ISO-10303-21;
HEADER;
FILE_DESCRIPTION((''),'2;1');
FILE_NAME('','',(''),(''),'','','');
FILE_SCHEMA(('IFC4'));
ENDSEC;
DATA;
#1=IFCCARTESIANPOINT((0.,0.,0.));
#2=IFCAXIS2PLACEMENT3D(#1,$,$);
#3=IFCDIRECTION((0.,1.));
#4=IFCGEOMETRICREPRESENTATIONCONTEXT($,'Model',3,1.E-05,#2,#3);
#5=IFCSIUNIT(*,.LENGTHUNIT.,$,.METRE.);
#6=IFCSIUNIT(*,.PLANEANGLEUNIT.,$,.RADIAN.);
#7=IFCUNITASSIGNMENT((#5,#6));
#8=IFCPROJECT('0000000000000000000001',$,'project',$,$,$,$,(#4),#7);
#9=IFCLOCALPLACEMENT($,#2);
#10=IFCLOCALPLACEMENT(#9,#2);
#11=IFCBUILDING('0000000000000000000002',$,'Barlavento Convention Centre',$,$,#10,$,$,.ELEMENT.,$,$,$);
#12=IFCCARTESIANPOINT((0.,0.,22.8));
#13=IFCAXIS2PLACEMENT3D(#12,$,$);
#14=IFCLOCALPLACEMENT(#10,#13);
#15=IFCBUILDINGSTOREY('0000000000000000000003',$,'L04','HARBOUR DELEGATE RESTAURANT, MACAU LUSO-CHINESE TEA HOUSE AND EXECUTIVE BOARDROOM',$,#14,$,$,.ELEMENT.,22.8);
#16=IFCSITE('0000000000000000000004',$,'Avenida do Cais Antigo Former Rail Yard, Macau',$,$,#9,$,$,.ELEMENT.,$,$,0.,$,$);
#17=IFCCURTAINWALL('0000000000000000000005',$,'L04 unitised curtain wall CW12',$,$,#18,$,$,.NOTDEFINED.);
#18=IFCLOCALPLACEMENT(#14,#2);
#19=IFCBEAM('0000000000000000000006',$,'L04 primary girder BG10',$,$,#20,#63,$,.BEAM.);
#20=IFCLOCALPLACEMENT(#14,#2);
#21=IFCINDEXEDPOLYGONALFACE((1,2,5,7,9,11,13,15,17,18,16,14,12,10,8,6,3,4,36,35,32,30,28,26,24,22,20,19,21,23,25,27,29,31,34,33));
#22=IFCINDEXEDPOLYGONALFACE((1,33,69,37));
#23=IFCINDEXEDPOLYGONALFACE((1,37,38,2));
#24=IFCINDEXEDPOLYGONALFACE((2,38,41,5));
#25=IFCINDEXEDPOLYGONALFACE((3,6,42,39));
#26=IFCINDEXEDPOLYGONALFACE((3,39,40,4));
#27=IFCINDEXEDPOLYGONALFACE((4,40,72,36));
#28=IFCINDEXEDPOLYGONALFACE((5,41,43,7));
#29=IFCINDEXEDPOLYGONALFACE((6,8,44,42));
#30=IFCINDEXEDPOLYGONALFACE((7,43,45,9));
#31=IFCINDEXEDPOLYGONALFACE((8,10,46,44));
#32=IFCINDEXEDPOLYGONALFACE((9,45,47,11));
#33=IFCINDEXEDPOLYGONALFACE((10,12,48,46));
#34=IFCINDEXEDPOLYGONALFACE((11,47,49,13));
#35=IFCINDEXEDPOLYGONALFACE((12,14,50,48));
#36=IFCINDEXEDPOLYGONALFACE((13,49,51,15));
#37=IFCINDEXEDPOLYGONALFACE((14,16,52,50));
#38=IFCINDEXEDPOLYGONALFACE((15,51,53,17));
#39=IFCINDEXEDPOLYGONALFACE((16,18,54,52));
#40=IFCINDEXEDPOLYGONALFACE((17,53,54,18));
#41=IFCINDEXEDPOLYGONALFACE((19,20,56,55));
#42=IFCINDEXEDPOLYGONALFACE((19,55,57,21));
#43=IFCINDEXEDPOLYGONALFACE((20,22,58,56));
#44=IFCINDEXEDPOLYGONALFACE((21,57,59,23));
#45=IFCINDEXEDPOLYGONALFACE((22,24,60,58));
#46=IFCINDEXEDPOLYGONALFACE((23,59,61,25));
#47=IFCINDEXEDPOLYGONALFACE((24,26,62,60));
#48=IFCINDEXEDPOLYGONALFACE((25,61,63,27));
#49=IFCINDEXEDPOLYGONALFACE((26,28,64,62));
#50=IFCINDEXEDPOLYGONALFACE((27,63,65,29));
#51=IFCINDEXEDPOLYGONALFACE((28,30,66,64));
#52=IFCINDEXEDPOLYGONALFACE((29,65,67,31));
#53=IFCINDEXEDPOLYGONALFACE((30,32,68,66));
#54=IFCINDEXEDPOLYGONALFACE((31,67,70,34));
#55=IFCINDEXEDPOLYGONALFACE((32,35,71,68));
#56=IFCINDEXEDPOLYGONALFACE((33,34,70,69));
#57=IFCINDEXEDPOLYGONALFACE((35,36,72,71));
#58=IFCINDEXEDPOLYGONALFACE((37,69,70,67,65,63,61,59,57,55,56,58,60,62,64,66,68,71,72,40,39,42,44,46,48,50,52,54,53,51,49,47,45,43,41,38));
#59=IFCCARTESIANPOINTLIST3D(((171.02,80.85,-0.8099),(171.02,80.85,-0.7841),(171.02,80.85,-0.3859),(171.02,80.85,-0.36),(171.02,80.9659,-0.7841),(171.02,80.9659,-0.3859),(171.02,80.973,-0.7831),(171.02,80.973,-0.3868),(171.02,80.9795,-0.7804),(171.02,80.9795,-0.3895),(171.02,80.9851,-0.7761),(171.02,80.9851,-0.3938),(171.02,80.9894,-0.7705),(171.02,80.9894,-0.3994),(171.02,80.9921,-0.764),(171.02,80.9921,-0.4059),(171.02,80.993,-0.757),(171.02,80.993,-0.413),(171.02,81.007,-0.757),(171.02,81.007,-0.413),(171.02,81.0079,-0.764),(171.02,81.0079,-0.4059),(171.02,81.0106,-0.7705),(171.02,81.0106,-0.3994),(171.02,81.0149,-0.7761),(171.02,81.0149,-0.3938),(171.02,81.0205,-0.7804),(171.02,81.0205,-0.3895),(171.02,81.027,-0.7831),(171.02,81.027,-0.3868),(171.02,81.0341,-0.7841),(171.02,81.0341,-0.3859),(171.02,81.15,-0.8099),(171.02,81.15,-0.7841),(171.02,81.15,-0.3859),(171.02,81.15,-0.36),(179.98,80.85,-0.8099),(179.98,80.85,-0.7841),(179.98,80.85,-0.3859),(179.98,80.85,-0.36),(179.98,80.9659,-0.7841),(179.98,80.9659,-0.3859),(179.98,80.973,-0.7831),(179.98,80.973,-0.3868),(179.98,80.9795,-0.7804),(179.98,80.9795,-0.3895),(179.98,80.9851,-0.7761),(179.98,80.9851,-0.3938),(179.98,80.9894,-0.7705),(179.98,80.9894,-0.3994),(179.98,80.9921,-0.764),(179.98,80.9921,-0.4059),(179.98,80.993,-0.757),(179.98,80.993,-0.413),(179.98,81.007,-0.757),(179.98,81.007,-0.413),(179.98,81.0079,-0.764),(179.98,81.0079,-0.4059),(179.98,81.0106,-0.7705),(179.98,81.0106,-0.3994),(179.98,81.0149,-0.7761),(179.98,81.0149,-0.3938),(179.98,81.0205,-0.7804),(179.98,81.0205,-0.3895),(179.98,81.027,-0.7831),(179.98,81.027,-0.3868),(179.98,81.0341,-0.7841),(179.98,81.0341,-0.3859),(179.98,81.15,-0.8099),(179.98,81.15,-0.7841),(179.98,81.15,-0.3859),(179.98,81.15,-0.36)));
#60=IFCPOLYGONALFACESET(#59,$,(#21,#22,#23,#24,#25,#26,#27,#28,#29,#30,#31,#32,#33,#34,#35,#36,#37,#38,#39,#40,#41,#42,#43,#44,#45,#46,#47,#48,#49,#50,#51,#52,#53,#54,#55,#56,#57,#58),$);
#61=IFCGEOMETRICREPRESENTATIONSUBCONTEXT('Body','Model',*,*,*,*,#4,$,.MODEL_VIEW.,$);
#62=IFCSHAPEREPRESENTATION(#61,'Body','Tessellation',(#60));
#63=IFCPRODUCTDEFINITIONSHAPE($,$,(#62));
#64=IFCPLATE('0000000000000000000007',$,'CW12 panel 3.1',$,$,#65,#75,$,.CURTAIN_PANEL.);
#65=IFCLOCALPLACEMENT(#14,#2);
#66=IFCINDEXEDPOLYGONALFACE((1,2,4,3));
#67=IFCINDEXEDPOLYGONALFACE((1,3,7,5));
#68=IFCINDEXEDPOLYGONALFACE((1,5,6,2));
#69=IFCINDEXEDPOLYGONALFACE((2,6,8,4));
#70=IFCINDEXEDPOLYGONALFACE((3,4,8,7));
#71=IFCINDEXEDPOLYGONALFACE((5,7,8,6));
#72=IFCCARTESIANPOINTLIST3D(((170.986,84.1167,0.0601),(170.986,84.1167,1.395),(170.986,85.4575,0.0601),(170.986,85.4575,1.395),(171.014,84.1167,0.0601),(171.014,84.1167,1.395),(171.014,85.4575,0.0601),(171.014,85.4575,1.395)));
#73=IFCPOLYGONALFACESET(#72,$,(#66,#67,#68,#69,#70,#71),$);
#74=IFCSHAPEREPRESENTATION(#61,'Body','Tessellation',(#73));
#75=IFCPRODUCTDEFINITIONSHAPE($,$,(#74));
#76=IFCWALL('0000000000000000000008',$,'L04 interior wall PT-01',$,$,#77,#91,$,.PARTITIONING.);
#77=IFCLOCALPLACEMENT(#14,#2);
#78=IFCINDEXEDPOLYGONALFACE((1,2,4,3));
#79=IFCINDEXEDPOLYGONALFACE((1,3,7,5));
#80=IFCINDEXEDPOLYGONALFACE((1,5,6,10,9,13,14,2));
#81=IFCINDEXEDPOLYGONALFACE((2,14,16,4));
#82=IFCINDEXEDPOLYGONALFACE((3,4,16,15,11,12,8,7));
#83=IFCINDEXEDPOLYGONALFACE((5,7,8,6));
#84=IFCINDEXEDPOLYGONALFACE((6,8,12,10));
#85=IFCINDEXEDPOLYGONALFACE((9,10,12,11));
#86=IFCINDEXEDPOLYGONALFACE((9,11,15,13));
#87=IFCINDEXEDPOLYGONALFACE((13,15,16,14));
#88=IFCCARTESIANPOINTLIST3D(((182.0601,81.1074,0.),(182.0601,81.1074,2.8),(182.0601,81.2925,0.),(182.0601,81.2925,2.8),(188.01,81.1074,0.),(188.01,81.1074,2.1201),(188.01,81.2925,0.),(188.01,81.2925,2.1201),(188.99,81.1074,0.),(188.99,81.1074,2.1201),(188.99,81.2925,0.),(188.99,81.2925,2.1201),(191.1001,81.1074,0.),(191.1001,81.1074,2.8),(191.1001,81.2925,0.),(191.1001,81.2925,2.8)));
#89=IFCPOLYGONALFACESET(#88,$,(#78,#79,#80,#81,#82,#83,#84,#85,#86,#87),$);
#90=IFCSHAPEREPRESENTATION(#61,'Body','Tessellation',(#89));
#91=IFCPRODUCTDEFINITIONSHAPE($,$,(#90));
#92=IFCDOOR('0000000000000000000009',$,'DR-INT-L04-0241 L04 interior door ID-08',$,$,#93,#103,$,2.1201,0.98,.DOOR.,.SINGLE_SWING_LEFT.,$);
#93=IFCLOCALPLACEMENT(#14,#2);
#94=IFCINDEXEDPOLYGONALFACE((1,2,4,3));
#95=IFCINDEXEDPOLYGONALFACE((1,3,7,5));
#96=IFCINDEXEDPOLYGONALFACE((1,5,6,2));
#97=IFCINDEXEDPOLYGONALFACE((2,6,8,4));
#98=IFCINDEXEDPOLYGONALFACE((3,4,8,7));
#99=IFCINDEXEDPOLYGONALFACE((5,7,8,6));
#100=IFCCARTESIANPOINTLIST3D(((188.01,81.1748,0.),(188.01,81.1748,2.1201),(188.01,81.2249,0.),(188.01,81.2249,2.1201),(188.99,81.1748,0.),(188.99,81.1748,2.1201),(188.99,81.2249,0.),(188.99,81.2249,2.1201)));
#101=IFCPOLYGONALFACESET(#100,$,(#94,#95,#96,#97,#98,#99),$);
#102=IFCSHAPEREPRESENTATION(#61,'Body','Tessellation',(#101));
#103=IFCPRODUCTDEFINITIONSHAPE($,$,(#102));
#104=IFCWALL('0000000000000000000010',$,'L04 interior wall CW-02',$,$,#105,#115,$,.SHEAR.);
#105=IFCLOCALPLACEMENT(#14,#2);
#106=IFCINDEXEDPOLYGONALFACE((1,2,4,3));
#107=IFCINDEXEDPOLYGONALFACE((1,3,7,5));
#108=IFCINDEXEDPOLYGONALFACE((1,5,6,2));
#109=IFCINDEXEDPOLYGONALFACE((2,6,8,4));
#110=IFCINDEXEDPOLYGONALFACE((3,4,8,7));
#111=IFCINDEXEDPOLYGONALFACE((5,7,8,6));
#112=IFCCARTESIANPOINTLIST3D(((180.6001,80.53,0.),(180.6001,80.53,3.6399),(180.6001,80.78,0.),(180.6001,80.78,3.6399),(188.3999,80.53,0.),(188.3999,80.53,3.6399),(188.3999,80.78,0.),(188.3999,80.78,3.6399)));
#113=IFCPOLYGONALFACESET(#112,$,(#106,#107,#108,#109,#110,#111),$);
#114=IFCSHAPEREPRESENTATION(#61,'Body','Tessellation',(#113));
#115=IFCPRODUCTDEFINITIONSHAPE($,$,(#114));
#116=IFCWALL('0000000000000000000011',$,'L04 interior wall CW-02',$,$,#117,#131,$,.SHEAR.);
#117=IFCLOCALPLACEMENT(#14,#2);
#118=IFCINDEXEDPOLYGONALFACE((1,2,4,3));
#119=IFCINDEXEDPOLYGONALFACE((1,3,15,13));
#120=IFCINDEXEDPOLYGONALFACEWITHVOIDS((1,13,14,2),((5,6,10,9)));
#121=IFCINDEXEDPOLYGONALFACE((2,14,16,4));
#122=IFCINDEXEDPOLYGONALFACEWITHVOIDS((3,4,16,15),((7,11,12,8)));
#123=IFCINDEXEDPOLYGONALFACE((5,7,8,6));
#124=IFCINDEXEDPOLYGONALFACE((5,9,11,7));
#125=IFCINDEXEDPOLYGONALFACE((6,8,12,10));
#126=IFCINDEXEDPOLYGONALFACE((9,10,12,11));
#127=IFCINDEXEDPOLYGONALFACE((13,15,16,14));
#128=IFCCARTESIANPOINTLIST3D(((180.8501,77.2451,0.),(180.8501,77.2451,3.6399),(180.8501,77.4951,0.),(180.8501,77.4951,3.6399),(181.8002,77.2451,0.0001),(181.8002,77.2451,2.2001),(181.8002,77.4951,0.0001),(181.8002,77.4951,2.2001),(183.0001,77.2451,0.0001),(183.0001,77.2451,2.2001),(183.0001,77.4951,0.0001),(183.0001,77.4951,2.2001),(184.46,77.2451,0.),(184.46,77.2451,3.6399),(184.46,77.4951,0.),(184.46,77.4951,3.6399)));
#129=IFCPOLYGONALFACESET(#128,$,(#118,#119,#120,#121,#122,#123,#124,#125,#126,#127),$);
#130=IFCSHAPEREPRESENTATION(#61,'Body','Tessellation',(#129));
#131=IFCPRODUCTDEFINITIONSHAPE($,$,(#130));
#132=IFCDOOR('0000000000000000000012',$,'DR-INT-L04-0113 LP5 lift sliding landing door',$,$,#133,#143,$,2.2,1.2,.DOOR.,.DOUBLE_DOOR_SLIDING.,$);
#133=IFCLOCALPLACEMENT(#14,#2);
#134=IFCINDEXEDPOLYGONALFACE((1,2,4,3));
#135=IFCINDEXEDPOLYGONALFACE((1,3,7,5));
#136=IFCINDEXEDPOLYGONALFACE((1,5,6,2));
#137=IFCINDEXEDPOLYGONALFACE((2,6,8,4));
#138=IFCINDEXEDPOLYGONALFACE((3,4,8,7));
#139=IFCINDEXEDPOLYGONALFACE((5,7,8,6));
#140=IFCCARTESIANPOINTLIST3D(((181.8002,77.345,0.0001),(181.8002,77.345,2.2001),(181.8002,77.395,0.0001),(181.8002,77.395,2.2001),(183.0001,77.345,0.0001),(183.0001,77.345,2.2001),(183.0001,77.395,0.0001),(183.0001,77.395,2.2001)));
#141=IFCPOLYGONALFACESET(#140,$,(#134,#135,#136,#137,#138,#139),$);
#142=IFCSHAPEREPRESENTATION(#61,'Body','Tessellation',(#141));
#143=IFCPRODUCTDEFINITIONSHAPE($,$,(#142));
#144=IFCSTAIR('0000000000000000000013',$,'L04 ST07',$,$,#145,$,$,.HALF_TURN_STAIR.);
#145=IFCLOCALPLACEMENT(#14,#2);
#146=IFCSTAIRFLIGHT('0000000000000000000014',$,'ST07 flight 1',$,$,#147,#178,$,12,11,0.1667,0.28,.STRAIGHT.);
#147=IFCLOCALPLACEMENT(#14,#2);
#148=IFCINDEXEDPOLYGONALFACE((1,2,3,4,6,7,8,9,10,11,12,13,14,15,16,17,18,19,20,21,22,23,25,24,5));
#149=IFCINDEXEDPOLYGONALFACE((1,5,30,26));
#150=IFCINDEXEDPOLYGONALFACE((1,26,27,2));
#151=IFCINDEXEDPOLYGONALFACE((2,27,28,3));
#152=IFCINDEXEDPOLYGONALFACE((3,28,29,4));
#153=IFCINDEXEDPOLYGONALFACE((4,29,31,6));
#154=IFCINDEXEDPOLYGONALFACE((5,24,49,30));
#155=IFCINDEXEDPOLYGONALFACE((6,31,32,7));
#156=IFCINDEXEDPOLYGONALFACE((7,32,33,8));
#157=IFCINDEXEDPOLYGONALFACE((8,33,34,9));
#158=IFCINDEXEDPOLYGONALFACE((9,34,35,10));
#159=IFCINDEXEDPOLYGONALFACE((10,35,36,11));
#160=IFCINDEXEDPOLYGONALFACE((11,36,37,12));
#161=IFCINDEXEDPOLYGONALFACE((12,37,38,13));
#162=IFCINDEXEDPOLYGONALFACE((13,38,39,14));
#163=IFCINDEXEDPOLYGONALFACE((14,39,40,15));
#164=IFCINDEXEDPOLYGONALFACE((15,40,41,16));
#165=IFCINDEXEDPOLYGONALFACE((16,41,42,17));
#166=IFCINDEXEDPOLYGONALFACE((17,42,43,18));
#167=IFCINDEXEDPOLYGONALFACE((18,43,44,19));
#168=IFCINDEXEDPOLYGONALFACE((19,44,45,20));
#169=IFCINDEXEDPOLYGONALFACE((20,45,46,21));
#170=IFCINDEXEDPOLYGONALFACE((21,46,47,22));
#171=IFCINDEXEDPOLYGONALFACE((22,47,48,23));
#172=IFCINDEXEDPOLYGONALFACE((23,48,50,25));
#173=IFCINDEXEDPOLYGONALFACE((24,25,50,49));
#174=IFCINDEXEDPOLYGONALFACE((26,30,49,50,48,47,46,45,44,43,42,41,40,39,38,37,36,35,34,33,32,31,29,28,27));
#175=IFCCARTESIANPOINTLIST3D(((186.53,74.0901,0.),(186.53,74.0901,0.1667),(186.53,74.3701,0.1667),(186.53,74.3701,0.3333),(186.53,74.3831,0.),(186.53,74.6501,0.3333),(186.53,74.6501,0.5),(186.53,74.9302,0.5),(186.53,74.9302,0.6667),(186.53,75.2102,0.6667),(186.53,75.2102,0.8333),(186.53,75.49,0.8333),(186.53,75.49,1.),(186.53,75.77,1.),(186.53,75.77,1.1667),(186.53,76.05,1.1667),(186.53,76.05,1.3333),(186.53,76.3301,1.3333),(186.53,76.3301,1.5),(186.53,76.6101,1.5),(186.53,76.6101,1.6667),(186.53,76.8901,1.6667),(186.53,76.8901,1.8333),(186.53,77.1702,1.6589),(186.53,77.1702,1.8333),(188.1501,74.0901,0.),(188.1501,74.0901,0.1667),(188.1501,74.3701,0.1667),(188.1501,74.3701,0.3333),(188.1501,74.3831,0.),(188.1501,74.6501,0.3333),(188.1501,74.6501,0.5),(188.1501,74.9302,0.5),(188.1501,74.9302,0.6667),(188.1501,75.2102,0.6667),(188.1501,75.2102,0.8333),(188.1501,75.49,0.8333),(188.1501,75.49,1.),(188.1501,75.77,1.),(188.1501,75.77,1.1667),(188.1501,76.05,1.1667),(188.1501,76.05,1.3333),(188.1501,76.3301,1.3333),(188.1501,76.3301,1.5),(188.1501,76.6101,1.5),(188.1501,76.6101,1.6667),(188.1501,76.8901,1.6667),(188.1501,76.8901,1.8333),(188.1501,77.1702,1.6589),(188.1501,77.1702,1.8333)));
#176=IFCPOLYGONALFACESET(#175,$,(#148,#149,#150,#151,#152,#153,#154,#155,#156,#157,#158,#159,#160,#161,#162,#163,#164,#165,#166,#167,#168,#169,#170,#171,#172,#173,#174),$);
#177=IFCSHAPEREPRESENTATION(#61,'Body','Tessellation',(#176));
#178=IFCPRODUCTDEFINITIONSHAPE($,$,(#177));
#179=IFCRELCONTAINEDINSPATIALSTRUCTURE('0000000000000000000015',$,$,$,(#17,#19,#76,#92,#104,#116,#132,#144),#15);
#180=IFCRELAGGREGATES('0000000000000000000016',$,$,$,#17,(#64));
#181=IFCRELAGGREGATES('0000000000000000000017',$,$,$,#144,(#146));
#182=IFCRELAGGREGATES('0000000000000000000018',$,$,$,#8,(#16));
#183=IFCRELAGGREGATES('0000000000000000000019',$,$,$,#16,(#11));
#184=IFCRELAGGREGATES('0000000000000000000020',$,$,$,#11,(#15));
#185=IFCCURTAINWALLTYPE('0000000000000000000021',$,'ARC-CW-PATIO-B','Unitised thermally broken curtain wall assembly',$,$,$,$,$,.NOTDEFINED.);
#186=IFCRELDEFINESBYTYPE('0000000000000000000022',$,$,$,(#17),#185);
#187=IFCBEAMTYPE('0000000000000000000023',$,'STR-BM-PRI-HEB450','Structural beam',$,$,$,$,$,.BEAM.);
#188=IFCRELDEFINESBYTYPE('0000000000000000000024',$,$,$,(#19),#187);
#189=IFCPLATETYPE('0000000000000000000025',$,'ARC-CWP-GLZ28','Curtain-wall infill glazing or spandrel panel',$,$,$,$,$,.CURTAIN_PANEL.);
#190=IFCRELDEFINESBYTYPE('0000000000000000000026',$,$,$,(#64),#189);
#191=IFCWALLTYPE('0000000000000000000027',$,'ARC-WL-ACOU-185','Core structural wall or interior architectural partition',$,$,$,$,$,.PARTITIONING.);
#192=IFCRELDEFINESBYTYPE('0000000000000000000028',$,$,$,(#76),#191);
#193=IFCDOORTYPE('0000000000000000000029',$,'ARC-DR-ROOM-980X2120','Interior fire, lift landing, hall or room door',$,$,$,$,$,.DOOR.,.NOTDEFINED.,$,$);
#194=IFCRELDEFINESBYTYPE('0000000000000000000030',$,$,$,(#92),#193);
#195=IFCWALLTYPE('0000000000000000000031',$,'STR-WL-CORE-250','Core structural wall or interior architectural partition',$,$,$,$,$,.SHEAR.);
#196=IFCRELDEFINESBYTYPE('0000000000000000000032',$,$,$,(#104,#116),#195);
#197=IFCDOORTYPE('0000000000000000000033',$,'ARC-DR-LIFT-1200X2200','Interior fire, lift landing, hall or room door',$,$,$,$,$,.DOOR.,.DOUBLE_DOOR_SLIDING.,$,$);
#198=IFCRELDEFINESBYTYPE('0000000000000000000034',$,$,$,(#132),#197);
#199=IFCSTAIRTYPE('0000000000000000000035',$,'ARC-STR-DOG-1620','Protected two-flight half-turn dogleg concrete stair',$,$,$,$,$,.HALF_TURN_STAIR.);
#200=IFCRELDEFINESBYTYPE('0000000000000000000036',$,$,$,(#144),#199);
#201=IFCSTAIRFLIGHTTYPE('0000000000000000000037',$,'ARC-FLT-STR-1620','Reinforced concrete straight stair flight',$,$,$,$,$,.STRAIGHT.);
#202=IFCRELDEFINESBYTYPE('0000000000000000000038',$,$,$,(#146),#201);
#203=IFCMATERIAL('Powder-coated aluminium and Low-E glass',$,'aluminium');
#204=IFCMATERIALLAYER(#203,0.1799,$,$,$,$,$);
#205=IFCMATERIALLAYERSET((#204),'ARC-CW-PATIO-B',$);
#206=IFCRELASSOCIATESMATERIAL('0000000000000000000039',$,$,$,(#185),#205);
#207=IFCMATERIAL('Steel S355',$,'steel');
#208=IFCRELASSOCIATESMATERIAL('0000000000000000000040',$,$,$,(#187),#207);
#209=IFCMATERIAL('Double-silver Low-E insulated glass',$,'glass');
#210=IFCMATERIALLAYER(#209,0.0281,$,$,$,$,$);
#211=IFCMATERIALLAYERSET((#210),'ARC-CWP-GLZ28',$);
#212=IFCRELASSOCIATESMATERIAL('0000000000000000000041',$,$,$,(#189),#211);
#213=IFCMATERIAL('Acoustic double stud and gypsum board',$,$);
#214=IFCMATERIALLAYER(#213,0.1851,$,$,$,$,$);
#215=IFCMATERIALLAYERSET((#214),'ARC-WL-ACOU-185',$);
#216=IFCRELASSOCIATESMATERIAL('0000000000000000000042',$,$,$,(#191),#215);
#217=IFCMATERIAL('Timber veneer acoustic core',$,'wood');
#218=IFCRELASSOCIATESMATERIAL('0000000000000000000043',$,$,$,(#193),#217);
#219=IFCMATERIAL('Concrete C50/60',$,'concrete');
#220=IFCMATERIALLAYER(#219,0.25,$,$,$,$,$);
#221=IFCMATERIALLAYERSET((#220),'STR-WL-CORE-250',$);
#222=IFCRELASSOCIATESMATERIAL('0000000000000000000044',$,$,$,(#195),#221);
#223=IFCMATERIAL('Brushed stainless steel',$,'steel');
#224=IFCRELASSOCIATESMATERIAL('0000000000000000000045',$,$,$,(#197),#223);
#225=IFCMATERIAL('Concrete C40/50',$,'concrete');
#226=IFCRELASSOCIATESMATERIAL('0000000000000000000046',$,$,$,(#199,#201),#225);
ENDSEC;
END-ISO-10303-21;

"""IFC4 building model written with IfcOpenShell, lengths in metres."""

from ifc_helpers import new_model, si_unit, direction, frame, frame_2d, origin, origin_2d, place, context, subcontext, project, spatial, polyline, rectangle, i_section, outline, extrude, material, layer, layer_set, material_profile, profile_set, type_object, element, fill, aggregate, save


model = new_model("IFC4")

# Units and contexts
model_context = context("Model", 3, precision=1e-05, world=origin(), true_north=direction((0.0, 1.0)))
body_context = subcontext(model_context, "Body", "Model", "MODEL_VIEW")
ifc_project = project(units=[si_unit("LENGTHUNIT", "METRE"), si_unit("PLANEANGLEUNIT", "RADIAN")], contexts=[model_context])

# Site, building, storey
site_placement = place(None, origin())
site = spatial("IfcSite", under=ifc_project, at=site_placement, Name="Avenida do Cais Antigo Former Rail Yard, Macau", CompositionType="ELEMENT", RefElevation=0.0)
building_placement = place(site_placement, origin())
building = spatial("IfcBuilding", under=site, at=building_placement, Name="Barlavento Convention Centre", CompositionType="ELEMENT")
storey_placement = place(building_placement, frame((0.0, 0.0, 22.8)))
storey = spatial("IfcBuildingStorey", under=building, at=storey_placement, Name="L04", Description="HARBOUR DELEGATE RESTAURANT, MACAU LUSO-CHINESE TEA HOUSE AND EXECUTIVE BOARDROOM", CompositionType="ELEMENT", Elevation=22.8)

# Shared definitions
ifc_material_1 = material(Name="Steel S355", Category="steel")

# Curtain wall
ifc_material_2 = material(Name="Powder-coated aluminium and Low-E glass", Category="aluminium")
ifc_layer_1 = layer(ifc_material_2, 0.1799)
ifc_layer_set_1 = layer_set([ifc_layer_1], Name="ARC-CW-PATIO-B")
curtain_wall_type = type_object("IfcCurtainWallType", Name="ARC-CW-PATIO-B", Description="Unitised thermally broken curtain wall assembly", PredefinedType="NOTDEFINED", material=ifc_layer_set_1)
curtain_wall_placement = place(storey_placement, origin())
curtain_wall = element("IfcCurtainWall", 1, at=curtain_wall_placement, inside=storey, type_object=curtain_wall_type, Name="L04 unitised curtain wall CW12", PredefinedType="NOTDEFINED")

# Beam
ifc_material_profile_1 = material_profile(ifc_material_1, i_section(OverallWidth=0.3, OverallDepth=0.45, WebThickness=0.0139, FlangeThickness=0.0259, FilletRadius=0.0271, at=origin_2d()), Name="HEB 450")
ifc_profile_set_1 = profile_set([ifc_material_profile_1], Name="Steel S355")
beam_type_1 = type_object("IfcBeamType", Name="STR-BM-PRI-HEB450", Description="Structural beam", PredefinedType="BEAM", material=ifc_profile_set_1)
beam_1_placement = place(storey_placement, frame((171.02, 81.0, -0.585), z_axis=(1.0, 0.0, 0.0), x_axis=(0.0, 1.0, 0.0)))
element("IfcBeam", 2, at=beam_1_placement, inside=storey, type_object=beam_type_1, Name="L04 primary girder BG10", PredefinedType="BEAM", context=body_context, shape_type="SweptSolid", body=[
    extrude(i_section(OverallWidth=0.3, OverallDepth=0.45, WebThickness=0.0139, FlangeThickness=0.0259, FilletRadius=0.0271, at=origin_2d()), origin(), (0.0, 0.0, 1.0), 8.96),
])

# Plate
ifc_material_3 = material(Name="Double-silver Low-E insulated glass", Category="glass")
ifc_layer_2 = layer(ifc_material_3, 0.0281)
ifc_layer_set_2 = layer_set([ifc_layer_2], Name="ARC-CWP-GLZ28")
plate_type = type_object("IfcPlateType", Name="ARC-CWP-GLZ28", Description="Curtain-wall infill glazing or spandrel panel", PredefinedType="CURTAIN_PANEL", material=ifc_layer_set_2)
plate_placement = place(storey_placement, frame((171.0, 84.7871, 0.0601), z_axis=(0.0, 0.0, 1.0), x_axis=(0.0, 1.0, 0.0)))
plate = element("IfcPlate", 3, at=plate_placement, type_object=plate_type, Name="CW12 panel 3.1", PredefinedType="CURTAIN_PANEL", context=body_context, shape_type="SweptSolid", body=[
    extrude(rectangle(XDim=1.3408, YDim=0.0281, at=origin_2d()), origin(), (0.0, 0.0, 1.0), 1.335),
])
aggregate(curtain_wall, [plate])

# Wall, opening, door
ifc_material_4 = material(Name="Acoustic double stud and gypsum board")
ifc_layer_3 = layer(ifc_material_4, 0.1851)
ifc_layer_set_3 = layer_set([ifc_layer_3], Name="ARC-WL-ACOU-185")
wall_type_1 = type_object("IfcWallType", Name="ARC-WL-ACOU-185", Description="Core structural wall or interior architectural partition", PredefinedType="PARTITIONING", material=ifc_layer_set_3)
wall_1_placement = place(storey_placement, frame((182.0601, 81.2, 0.0), z_axis=(0.0, 0.0, 1.0), x_axis=(1.0, 0.0, 0.0)))
wall_1 = element("IfcWall", 4, at=wall_1_placement, inside=storey, type_object=wall_type_1, Name="L04 interior wall PT-01", PredefinedType="PARTITIONING", context=body_context, shape_type="SweptSolid", body=[
    extrude(rectangle(XDim=9.04, YDim=0.1851, at=frame_2d((4.52, 0.0))), origin(), (0.0, 0.0, 1.0), 2.8),
])
opening_1_placement = place(wall_1_placement, frame((5.95, 0.0, 0.0)))
opening_1 = element("IfcOpeningElement", 5, at=opening_1_placement, cuts=wall_1, PredefinedType="OPENING", context=body_context, shape_type="SweptSolid", body=[
    extrude(rectangle(XDim=0.98, YDim=2.1201, at=frame_2d((0.49, 1.0601))), frame((0.0, 0.1025, 0.0), z_axis=(0.0, -1.0, 0.0), x_axis=(1.0, 0.0, 0.0)), (0.0, 0.0, 1.0), 0.2051),
])
ifc_material_5 = material(Name="Timber veneer acoustic core", Category="wood")
door_type_1 = type_object("IfcDoorType", Name="ARC-DR-ROOM-980X2120", Description="Interior fire, lift landing, hall or room door", OperationType="NOTDEFINED", PredefinedType="DOOR", material=ifc_material_5)
door_1_placement = place(opening_1_placement, origin())
door_1 = element("IfcDoor", 6, at=door_1_placement, inside=storey, type_object=door_type_1, Name="DR-INT-L04-0241 L04 interior door ID-08", OperationType="SINGLE_SWING_LEFT", OverallHeight=2.1201, OverallWidth=0.98, PredefinedType="DOOR", context=body_context, shape_type="SweptSolid", body=[
    extrude(rectangle(XDim=0.98, YDim=2.1201, at=frame_2d((0.49, 1.0601))), frame((0.0, 0.0249, 0.0), z_axis=(0.0, -1.0, 0.0), x_axis=(1.0, 0.0, 0.0)), (0.0, 0.0, 1.0), 0.05),
])
fill(opening_1, door_1)

# Wall
ifc_material_6 = material(Name="Concrete C50/60", Category="concrete")
ifc_layer_4 = layer(ifc_material_6, 0.25)
ifc_layer_set_4 = layer_set([ifc_layer_4], Name="STR-WL-CORE-250")
wall_type_2 = type_object("IfcWallType", Name="STR-WL-CORE-250", Description="Core structural wall or interior architectural partition", PredefinedType="SHEAR", material=ifc_layer_set_4)
wall_2_placement = place(storey_placement, frame((180.6001, 80.655, 0.0), z_axis=(0.0, 0.0, 1.0), x_axis=(1.0, 0.0, 0.0)))
element("IfcWall", 7, at=wall_2_placement, inside=storey, type_object=wall_type_2, Name="L04 interior wall CW-02", PredefinedType="SHEAR", context=body_context, shape_type="SweptSolid", body=[
    extrude(rectangle(XDim=7.7998, YDim=0.25, at=frame_2d((3.8999, 0.0))), origin(), (0.0, 0.0, 1.0), 3.6399),
])

# Wall, opening, door
wall_3_placement = place(storey_placement, frame((180.8501, 77.3701, 0.0), z_axis=(0.0, 0.0, 1.0), x_axis=(1.0, 0.0, 0.0)))
wall_3 = element("IfcWall", 8, at=wall_3_placement, inside=storey, type_object=wall_type_2, Name="L04 interior wall CW-02", PredefinedType="SHEAR", context=body_context, shape_type="SweptSolid", body=[
    extrude(rectangle(XDim=3.6099, YDim=0.25, at=frame_2d((1.8049, 0.0))), origin(), (0.0, 0.0, 1.0), 3.6399),
])
opening_2_placement = place(wall_3_placement, frame((0.95, 0.0, 0.0)))
opening_2 = element("IfcOpeningElement", 9, at=opening_2_placement, cuts=wall_3, PredefinedType="OPENING", context=body_context, shape_type="SweptSolid", body=[
    extrude(rectangle(XDim=1.2, YDim=2.2, at=frame_2d((0.6001, 1.1001))), frame((0.0, 0.135, 0.0), z_axis=(0.0, -1.0, 0.0), x_axis=(1.0, 0.0, 0.0)), (0.0, 0.0, 1.0), 0.27),
])
ifc_material_7 = material(Name="Brushed stainless steel", Category="steel")
door_type_2 = type_object("IfcDoorType", Name="ARC-DR-LIFT-1200X2200", Description="Interior fire, lift landing, hall or room door", OperationType="DOUBLE_DOOR_SLIDING", PredefinedType="DOOR", material=ifc_material_7)
door_2_placement = place(opening_2_placement, origin())
door_2 = element("IfcDoor", 10, at=door_2_placement, inside=storey, type_object=door_type_2, Name="DR-INT-L04-0113 LP5 lift sliding landing door", OperationType="DOUBLE_DOOR_SLIDING", OverallHeight=2.2, OverallWidth=1.2, PredefinedType="DOOR", context=body_context, shape_type="SweptSolid", body=[
    extrude(rectangle(XDim=1.2, YDim=2.2, at=frame_2d((0.6001, 1.1001))), frame((0.0, 0.0249, 0.0), z_axis=(0.0, -1.0, 0.0), x_axis=(1.0, 0.0, 0.0)), (0.0, 0.0, 1.0), 0.05),
])
fill(opening_2, door_2)

# Stair, stair flight
ifc_material_8 = material(Name="Concrete C40/50", Category="concrete")
stair_type = type_object("IfcStairType", Name="ARC-STR-DOG-1620", Description="Protected two-flight half-turn dogleg concrete stair", PredefinedType="HALF_TURN_STAIR", material=ifc_material_8)
stair_placement = place(storey_placement, origin())
stair = element("IfcStair", 11, at=stair_placement, inside=storey, type_object=stair_type, Name="L04 ST07", PredefinedType="HALF_TURN_STAIR")
stair_flight_type = type_object("IfcStairFlightType", Name="ARC-FLT-STR-1620", Description="Reinforced concrete straight stair flight", PredefinedType="STRAIGHT", material=ifc_material_8)
stair_flight_1_placement = place(storey_placement, frame((187.3401, 74.0901, 0.0), z_axis=(0.0, 0.0, 1.0), x_axis=(0.0, 1.0, 0.0)))
stair_flight_1 = element("IfcStairFlight", 12, at=stair_flight_1_placement, type_object=stair_flight_type, Name="ST07 flight 1", NumberOfRisers=12, NumberOfTreads=11, PredefinedType="STRAIGHT", RiserHeight=0.1667, TreadLength=0.28, context=body_context, shape_type="SweptSolid", body=[
    extrude(outline(polyline([(0.0, 0.0), (0.0, 0.1667), (0.28, 0.1667), (0.28, 0.3333), (0.5601, 0.3333), (0.5601, 0.5), (0.8401, 0.5), (0.8401, 0.6667), (1.1201, 0.6667), (1.1201, 0.8333), (1.3999, 0.8333), (1.3999, 1.0), (1.6799, 1.0), (1.6799, 1.1667), (1.96, 1.1667), (1.96, 1.3333), (2.24, 1.3333), (2.24, 1.5), (2.52, 1.5), (2.52, 1.6667), (2.8, 1.6667), (2.8, 1.8333), (3.0801, 1.8333), (3.0801, 2.0), (3.0801, 1.6589), (0.293, 0.0), (0.0, 0.0)])), frame((0.0, 0.8101, 0.0), z_axis=(0.0, -1.0, 0.0), x_axis=(1.0, 0.0, 0.0)), (0.0, 0.0, 1.0), 1.6201),
])
aggregate(stair, [stair_flight_1])

save(model, "model.ifc")
